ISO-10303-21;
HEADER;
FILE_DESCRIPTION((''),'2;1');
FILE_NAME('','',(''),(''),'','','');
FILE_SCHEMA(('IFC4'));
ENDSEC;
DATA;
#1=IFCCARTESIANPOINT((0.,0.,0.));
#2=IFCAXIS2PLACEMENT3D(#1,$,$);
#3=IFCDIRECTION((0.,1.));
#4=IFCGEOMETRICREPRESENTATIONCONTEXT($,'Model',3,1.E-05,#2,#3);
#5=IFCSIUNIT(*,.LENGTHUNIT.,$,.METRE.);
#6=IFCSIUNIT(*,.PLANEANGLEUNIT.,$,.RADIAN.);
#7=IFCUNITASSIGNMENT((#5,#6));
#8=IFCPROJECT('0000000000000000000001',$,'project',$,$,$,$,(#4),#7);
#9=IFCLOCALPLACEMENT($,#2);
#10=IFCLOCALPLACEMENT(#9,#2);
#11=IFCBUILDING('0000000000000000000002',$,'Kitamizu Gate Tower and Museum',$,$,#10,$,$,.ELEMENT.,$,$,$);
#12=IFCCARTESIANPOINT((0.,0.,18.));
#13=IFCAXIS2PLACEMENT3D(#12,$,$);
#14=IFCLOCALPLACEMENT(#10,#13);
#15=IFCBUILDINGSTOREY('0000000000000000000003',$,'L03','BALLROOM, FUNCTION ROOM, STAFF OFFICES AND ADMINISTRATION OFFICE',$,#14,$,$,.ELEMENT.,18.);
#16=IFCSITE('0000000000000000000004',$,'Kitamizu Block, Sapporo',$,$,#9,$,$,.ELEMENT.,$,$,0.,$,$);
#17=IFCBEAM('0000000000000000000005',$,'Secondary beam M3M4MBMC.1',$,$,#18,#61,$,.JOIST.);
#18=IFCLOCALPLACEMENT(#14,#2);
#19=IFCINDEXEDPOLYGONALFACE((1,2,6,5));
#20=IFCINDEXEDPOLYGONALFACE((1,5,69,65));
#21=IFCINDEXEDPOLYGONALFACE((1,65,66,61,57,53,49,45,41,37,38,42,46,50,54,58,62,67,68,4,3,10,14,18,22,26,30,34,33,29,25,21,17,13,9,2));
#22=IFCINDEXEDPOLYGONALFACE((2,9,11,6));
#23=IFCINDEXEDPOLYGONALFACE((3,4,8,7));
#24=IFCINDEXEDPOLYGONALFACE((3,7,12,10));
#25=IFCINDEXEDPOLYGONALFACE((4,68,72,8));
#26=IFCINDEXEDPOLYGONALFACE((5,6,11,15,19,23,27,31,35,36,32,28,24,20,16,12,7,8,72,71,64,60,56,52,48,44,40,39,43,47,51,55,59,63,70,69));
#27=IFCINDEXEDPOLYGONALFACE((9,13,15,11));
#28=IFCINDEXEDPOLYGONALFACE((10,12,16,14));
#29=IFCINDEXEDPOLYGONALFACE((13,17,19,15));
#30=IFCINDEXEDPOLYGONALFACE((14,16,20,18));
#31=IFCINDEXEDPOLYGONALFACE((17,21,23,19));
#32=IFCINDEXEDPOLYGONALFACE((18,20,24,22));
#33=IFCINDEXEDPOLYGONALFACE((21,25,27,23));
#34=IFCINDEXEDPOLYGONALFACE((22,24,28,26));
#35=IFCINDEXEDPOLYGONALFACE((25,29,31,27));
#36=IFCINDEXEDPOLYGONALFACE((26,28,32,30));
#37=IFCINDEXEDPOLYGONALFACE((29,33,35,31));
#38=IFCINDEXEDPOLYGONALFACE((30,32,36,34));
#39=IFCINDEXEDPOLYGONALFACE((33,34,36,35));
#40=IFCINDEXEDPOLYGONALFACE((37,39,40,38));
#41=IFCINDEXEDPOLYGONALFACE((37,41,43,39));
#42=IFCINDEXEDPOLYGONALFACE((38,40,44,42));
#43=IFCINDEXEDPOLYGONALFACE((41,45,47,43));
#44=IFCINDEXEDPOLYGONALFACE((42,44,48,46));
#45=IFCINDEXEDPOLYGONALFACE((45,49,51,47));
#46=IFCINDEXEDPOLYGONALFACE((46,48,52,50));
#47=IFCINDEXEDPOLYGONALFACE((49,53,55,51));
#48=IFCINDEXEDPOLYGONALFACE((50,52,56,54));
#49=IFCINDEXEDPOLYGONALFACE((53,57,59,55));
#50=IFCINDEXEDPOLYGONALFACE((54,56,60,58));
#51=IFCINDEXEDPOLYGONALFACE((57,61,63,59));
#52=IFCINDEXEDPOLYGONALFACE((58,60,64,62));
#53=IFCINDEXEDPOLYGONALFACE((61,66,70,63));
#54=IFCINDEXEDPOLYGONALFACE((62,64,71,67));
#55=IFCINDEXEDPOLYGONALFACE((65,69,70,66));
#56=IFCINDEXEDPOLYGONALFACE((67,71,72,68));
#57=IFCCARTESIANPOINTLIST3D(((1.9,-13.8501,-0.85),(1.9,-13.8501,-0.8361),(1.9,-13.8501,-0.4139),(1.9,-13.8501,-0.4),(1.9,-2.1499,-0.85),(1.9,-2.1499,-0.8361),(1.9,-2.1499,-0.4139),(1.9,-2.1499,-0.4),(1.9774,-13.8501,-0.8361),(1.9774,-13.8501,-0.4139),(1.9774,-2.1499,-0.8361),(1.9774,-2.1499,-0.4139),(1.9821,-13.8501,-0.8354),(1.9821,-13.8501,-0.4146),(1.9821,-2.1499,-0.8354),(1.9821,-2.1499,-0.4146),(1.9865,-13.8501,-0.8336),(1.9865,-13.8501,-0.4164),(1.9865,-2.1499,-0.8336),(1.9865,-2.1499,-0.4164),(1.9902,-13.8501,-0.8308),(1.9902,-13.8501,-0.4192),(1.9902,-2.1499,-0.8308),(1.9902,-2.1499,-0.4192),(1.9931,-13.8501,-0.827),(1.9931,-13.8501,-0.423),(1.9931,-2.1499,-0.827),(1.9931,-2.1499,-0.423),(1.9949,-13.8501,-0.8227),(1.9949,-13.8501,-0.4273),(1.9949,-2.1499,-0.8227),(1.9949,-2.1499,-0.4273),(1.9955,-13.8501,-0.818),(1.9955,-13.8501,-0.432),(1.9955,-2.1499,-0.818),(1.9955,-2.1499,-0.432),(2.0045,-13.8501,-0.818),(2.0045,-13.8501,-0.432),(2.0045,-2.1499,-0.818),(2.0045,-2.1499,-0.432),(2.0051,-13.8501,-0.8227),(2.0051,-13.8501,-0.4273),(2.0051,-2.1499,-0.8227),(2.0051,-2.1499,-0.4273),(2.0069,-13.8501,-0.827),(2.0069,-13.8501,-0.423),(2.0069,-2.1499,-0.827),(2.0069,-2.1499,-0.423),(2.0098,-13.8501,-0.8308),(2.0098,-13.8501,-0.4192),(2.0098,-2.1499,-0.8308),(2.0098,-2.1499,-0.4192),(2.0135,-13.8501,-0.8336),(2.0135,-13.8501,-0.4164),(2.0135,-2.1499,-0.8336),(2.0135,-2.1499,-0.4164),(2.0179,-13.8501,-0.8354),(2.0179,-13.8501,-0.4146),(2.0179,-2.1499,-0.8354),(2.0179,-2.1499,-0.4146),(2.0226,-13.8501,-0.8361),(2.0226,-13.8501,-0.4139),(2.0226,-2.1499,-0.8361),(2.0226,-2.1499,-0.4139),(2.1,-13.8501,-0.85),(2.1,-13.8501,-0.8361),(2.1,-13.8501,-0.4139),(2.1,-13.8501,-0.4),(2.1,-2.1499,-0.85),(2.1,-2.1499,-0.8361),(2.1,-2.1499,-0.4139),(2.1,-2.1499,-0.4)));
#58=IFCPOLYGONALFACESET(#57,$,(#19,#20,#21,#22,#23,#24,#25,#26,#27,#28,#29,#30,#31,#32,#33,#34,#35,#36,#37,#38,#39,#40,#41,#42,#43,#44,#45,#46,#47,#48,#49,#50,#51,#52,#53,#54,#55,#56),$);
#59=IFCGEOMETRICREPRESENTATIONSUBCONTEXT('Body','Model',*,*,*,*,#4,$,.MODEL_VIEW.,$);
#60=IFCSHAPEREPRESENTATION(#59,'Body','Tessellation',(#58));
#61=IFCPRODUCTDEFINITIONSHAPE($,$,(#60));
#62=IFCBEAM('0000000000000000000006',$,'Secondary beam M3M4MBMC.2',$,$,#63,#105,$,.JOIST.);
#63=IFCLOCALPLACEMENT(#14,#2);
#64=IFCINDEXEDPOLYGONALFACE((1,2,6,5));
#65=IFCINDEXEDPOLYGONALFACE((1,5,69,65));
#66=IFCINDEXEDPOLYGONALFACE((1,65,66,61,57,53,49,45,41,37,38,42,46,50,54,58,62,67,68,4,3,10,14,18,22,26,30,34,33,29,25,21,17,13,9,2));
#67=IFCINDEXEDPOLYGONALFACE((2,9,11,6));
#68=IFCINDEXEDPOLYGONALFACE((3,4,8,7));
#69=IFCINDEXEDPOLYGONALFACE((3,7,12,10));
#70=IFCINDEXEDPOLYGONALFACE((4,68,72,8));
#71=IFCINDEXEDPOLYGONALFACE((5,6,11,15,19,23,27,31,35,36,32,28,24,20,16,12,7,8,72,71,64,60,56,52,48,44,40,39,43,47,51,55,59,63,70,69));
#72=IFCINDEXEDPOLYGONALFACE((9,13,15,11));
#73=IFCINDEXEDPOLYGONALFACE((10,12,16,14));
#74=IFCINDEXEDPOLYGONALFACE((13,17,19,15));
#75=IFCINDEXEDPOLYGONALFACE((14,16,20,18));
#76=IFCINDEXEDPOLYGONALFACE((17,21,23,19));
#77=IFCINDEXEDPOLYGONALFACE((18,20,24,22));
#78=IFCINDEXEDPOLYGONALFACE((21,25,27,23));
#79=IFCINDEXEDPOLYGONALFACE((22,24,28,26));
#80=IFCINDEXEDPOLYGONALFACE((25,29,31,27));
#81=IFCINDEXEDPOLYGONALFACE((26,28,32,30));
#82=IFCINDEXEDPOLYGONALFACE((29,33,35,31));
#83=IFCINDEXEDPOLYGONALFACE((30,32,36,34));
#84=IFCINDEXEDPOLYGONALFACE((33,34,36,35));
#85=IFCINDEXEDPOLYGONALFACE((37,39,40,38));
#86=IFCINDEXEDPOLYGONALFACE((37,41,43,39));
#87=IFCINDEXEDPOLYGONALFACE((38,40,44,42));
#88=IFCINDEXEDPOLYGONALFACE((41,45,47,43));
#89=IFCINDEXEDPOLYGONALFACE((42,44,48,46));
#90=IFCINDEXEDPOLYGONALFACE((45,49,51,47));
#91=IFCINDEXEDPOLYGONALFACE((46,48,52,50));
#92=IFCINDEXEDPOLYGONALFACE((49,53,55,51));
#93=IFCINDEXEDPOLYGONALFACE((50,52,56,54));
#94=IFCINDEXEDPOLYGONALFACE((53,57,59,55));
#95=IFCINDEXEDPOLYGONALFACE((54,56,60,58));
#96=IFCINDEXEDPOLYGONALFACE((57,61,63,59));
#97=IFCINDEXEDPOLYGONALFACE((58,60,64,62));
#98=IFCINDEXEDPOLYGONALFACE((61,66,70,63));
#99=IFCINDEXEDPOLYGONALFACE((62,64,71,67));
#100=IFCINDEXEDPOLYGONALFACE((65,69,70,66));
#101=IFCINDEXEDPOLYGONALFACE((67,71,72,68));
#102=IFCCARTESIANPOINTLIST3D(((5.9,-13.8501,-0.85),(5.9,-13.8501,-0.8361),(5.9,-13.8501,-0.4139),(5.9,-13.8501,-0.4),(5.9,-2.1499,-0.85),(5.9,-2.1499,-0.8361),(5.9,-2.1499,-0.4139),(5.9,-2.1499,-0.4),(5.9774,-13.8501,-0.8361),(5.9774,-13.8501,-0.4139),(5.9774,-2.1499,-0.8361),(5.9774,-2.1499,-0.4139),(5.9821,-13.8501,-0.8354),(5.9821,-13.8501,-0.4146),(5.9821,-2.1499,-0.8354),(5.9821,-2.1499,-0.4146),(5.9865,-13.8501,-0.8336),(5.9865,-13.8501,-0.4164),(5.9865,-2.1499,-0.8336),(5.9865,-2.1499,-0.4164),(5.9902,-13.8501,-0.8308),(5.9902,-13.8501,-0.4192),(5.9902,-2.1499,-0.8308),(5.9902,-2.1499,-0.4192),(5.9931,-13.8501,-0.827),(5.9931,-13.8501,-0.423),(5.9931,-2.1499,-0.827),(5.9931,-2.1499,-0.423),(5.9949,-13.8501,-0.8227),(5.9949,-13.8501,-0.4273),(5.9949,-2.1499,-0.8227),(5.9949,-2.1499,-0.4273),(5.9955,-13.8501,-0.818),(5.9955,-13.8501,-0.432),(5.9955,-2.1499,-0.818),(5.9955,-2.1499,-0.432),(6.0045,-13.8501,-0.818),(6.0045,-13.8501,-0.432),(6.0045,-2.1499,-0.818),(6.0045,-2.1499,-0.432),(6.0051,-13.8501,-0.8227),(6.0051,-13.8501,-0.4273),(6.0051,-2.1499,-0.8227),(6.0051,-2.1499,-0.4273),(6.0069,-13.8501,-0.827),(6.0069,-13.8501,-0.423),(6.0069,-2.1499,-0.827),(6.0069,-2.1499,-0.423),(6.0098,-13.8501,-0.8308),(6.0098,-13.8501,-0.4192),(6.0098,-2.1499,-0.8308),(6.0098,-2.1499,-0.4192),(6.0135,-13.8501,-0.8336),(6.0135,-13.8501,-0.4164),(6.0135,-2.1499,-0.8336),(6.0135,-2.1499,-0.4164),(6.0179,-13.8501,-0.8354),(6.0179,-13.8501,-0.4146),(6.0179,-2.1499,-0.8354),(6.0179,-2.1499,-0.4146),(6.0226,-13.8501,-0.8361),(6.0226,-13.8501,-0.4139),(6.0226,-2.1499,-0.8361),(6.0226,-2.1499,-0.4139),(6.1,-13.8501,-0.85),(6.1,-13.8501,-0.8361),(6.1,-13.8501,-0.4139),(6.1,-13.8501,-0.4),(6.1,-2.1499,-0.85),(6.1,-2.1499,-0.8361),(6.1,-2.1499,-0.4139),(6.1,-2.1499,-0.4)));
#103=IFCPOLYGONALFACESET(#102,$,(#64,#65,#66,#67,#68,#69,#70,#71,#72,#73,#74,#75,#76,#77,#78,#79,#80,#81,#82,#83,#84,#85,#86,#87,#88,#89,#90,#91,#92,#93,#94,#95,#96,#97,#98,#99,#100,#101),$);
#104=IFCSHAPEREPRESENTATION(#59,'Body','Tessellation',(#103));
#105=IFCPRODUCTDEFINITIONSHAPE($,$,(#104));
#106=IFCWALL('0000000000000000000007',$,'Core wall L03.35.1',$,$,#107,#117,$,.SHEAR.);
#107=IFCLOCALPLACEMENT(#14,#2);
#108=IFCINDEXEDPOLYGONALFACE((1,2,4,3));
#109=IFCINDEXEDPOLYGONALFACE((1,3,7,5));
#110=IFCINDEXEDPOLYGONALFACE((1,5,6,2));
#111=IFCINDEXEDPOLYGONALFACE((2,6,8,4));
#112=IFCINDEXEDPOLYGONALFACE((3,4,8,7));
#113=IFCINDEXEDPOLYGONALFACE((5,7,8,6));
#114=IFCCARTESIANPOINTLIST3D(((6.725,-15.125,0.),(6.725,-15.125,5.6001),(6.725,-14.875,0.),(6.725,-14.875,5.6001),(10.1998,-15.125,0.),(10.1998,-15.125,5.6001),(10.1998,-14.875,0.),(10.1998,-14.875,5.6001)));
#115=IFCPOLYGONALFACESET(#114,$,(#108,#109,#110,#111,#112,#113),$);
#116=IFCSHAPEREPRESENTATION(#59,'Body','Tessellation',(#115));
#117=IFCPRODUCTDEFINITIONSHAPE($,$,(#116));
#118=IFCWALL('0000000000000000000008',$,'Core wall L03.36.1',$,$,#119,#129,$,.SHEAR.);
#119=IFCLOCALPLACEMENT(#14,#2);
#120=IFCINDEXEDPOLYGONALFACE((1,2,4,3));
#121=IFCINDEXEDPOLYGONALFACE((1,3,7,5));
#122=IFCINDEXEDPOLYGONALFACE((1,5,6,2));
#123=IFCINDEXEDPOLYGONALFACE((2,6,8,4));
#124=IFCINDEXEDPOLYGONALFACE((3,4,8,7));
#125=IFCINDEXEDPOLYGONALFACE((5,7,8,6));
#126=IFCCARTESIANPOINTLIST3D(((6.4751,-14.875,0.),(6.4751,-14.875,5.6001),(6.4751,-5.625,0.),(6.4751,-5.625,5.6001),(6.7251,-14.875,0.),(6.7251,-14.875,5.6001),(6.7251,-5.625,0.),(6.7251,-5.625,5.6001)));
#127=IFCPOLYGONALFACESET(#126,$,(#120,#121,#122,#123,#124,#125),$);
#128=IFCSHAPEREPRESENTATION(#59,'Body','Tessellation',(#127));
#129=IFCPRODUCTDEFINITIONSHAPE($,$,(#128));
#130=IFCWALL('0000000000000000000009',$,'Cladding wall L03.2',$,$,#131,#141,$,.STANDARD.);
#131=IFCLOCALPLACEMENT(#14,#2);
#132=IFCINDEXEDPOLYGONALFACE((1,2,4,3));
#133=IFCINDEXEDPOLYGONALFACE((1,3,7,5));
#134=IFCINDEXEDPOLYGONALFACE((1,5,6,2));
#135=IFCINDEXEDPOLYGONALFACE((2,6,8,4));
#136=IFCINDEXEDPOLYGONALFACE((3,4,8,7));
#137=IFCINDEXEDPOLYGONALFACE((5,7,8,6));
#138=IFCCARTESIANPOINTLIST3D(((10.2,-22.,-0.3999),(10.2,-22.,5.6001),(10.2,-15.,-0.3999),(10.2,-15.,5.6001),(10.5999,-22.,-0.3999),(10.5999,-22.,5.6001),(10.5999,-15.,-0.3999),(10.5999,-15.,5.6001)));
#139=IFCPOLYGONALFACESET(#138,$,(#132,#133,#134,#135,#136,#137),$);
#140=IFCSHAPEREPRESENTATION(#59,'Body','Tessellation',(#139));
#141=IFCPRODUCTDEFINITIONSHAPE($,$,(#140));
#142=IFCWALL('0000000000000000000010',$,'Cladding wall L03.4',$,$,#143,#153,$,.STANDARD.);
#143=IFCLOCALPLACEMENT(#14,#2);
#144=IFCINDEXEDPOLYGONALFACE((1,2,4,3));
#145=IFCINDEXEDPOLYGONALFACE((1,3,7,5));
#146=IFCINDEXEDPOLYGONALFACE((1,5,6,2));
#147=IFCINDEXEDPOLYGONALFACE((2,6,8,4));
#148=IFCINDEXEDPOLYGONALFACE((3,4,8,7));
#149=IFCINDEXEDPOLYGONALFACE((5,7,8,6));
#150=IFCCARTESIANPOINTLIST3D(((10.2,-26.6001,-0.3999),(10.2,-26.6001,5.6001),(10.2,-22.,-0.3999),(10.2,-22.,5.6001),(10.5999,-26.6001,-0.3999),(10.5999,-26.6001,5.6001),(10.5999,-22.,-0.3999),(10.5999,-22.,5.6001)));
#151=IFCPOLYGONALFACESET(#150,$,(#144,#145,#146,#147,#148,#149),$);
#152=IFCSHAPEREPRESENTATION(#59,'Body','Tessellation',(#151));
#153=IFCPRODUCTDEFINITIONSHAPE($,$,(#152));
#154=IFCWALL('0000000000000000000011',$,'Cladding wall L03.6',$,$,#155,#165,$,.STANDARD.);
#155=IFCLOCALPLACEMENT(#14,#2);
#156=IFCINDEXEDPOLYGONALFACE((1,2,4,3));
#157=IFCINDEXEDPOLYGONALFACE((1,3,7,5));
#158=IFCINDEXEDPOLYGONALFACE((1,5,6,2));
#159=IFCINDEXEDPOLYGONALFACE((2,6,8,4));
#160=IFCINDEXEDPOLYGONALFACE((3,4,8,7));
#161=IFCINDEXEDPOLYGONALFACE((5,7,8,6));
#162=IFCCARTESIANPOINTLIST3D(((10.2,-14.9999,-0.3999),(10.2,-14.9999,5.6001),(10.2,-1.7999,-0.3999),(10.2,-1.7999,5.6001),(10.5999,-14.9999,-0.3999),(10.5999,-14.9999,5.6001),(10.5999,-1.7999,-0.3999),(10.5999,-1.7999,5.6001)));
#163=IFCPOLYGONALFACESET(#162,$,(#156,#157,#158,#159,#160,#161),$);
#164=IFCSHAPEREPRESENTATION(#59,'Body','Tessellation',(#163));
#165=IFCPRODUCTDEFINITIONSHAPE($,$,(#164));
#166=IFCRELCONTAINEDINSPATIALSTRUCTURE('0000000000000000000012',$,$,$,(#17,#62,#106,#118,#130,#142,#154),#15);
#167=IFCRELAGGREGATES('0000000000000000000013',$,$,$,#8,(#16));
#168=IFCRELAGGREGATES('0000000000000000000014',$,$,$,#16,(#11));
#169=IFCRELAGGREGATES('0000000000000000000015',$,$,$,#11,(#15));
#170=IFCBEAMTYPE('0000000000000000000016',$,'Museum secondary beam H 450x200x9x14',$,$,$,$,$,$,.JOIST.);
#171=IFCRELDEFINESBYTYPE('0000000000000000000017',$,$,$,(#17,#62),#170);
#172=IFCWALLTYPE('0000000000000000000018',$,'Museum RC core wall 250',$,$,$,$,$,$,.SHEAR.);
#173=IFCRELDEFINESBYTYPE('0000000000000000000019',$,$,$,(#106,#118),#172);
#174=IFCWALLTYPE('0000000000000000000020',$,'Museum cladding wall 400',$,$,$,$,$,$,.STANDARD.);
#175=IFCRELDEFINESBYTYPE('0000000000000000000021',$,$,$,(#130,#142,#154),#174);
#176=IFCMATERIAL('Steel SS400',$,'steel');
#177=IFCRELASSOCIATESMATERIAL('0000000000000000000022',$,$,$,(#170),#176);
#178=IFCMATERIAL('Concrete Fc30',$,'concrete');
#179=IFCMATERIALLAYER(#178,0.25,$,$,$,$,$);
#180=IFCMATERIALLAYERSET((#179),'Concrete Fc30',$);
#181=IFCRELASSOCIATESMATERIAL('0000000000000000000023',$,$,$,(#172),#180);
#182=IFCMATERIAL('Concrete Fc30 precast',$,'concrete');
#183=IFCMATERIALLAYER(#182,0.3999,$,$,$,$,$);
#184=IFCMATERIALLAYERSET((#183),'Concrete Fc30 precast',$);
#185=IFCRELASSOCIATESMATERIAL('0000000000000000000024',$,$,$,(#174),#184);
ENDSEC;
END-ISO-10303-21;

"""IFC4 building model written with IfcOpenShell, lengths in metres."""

from ifc_helpers import new_model, si_unit, direction, frame, frame_2d, origin, origin_2d, place, context, subcontext, project, spatial, rectangle, i_section, extrude, material, layer, layer_set, material_profile, profile_set, type_object, element, save


model = new_model("IFC4")

# Units and contexts
model_context = context("Model", 3, precision=1e-05, world=origin(), true_north=direction((0.0, 1.0)))
body_context = subcontext(model_context, "Body", "Model", "MODEL_VIEW")
ifc_project = project(units=[si_unit("LENGTHUNIT", "METRE"), si_unit("PLANEANGLEUNIT", "RADIAN")], contexts=[model_context])

# Site, building, storey
site_placement = place(None, origin())
site = spatial("IfcSite", under=ifc_project, at=site_placement, Name="Kitamizu Block, Sapporo", CompositionType="ELEMENT", RefElevation=0.0)
building_placement = place(site_placement, origin())
building = spatial("IfcBuilding", under=site, at=building_placement, Name="Kitamizu Gate Tower and Museum", CompositionType="ELEMENT")
storey_placement = place(building_placement, frame((0.0, 0.0, 18.0)))
storey = spatial("IfcBuildingStorey", under=building, at=storey_placement, Name="L03", Description="BALLROOM, FUNCTION ROOM, STAFF OFFICES AND ADMINISTRATION OFFICE", CompositionType="ELEMENT", Elevation=18.0)

# Beams
ifc_material_1 = material(Name="Steel SS400", Category="steel")
ifc_material_profile_1 = material_profile(ifc_material_1, i_section(OverallWidth=0.2, OverallDepth=0.45, WebThickness=0.009, FlangeThickness=0.0139, FilletRadius=0.0181, at=origin_2d()), Name="H-450x200x9x14")
ifc_profile_set_1 = profile_set([ifc_material_profile_1], Name="Steel SS400")
beam_type_1 = type_object("IfcBeamType", Name="Museum secondary beam H 450x200x9x14", PredefinedType="JOIST", material=ifc_profile_set_1)
for number, where, z_axis, x_axis, name in (
    (1, (2.0, -13.8501, -0.625), (0.0, 1.0, 0.0), (-1.0, 0.0, 0.0), "Secondary beam M3M4MBMC.1"),
    (2, (6.0, -13.8501, -0.625), (0.0, 1.0, 0.0), (-1.0, 0.0, 0.0), "Secondary beam M3M4MBMC.2"),
):
    element("IfcBeam", number, at=place(storey_placement, frame(where, z_axis=z_axis, x_axis=x_axis)), inside=storey, type_object=beam_type_1, Name=name, PredefinedType="JOIST", context=body_context, shape_type="SweptSolid", body=[
        extrude(i_section(OverallWidth=0.2, OverallDepth=0.45, WebThickness=0.009, FlangeThickness=0.0139, FilletRadius=0.0181, at=origin_2d()), origin(), (0.0, 0.0, 1.0), 11.7002),
    ])

# Walls
ifc_material_2 = material(Name="Concrete Fc30", Category="concrete")
ifc_layer_1 = layer(ifc_material_2, 0.25)
ifc_layer_set_1 = layer_set([ifc_layer_1], Name="Concrete Fc30")
wall_type_1 = type_object("IfcWallType", Name="Museum RC core wall 250", PredefinedType="SHEAR", material=ifc_layer_set_1)
wall_1_placement = place(storey_placement, frame((6.7251, -15.0, 0.0), z_axis=(0.0, 0.0, 1.0), x_axis=(1.0, 0.0, 0.0)))
element("IfcWall", 3, at=wall_1_placement, inside=storey, type_object=wall_type_1, Name="Core wall L03.35.1", PredefinedType="SHEAR", context=body_context, shape_type="SweptSolid", body=[
    extrude(rectangle(XDim=3.4749, YDim=0.25, at=frame_2d((1.7373, 0.0))), origin(), (0.0, 0.0, 1.0), 5.6001),
])
wall_2_placement = place(storey_placement, frame((6.6001, -14.875, 0.0), z_axis=(0.0, 0.0, 1.0), x_axis=(0.0, 1.0, 0.0)))
element("IfcWall", 4, at=wall_2_placement, inside=storey, type_object=wall_type_1, Name="Core wall L03.36.1", PredefinedType="SHEAR", context=body_context, shape_type="SweptSolid", body=[
    extrude(rectangle(XDim=9.25, YDim=0.25, at=frame_2d((4.625, 0.0))), origin(), (0.0, 0.0, 1.0), 5.6001),
])
ifc_material_3 = material(Name="Concrete Fc30 precast", Category="concrete")
ifc_layer_2 = layer(ifc_material_3, 0.3999)
ifc_layer_set_2 = layer_set([ifc_layer_2], Name="Concrete Fc30 precast")
wall_type_2 = type_object("IfcWallType", Name="Museum cladding wall 400", PredefinedType="STANDARD", material=ifc_layer_set_2)
wall_3_placement = place(storey_placement, frame((10.3999, -22.0, -0.3999), z_axis=(0.0, 0.0, 1.0), x_axis=(0.0, 1.0, 0.0)))
element("IfcWall", 5, at=wall_3_placement, inside=storey, type_object=wall_type_2, Name="Cladding wall L03.2", PredefinedType="STANDARD", context=body_context, shape_type="SweptSolid", body=[
    extrude(rectangle(XDim=7.0, YDim=0.3999, at=frame_2d((3.5, 0.0))), origin(), (0.0, 0.0, 1.0), 6.0),
])
wall_4_placement = place(storey_placement, frame((10.3999, -26.6001, -0.3999), z_axis=(0.0, 0.0, 1.0), x_axis=(0.0, 1.0, 0.0)))
element("IfcWall", 6, at=wall_4_placement, inside=storey, type_object=wall_type_2, Name="Cladding wall L03.4", PredefinedType="STANDARD", context=body_context, shape_type="SweptSolid", body=[
    extrude(rectangle(XDim=4.6001, YDim=0.3999, at=frame_2d((2.3, 0.0))), origin(), (0.0, 0.0, 1.0), 6.0),
])
wall_5_placement = place(storey_placement, frame((10.3999, -15.0, -0.3999), z_axis=(0.0, 0.0, 1.0), x_axis=(0.0, 1.0, 0.0)))
element("IfcWall", 7, at=wall_5_placement, inside=storey, type_object=wall_type_2, Name="Cladding wall L03.6", PredefinedType="STANDARD", context=body_context, shape_type="SweptSolid", body=[
    extrude(rectangle(XDim=13.2, YDim=0.3999, at=frame_2d((6.6001, 0.0))), origin(), (0.0, 0.0, 1.0), 6.0),
])

save(model, "model.ifc")
